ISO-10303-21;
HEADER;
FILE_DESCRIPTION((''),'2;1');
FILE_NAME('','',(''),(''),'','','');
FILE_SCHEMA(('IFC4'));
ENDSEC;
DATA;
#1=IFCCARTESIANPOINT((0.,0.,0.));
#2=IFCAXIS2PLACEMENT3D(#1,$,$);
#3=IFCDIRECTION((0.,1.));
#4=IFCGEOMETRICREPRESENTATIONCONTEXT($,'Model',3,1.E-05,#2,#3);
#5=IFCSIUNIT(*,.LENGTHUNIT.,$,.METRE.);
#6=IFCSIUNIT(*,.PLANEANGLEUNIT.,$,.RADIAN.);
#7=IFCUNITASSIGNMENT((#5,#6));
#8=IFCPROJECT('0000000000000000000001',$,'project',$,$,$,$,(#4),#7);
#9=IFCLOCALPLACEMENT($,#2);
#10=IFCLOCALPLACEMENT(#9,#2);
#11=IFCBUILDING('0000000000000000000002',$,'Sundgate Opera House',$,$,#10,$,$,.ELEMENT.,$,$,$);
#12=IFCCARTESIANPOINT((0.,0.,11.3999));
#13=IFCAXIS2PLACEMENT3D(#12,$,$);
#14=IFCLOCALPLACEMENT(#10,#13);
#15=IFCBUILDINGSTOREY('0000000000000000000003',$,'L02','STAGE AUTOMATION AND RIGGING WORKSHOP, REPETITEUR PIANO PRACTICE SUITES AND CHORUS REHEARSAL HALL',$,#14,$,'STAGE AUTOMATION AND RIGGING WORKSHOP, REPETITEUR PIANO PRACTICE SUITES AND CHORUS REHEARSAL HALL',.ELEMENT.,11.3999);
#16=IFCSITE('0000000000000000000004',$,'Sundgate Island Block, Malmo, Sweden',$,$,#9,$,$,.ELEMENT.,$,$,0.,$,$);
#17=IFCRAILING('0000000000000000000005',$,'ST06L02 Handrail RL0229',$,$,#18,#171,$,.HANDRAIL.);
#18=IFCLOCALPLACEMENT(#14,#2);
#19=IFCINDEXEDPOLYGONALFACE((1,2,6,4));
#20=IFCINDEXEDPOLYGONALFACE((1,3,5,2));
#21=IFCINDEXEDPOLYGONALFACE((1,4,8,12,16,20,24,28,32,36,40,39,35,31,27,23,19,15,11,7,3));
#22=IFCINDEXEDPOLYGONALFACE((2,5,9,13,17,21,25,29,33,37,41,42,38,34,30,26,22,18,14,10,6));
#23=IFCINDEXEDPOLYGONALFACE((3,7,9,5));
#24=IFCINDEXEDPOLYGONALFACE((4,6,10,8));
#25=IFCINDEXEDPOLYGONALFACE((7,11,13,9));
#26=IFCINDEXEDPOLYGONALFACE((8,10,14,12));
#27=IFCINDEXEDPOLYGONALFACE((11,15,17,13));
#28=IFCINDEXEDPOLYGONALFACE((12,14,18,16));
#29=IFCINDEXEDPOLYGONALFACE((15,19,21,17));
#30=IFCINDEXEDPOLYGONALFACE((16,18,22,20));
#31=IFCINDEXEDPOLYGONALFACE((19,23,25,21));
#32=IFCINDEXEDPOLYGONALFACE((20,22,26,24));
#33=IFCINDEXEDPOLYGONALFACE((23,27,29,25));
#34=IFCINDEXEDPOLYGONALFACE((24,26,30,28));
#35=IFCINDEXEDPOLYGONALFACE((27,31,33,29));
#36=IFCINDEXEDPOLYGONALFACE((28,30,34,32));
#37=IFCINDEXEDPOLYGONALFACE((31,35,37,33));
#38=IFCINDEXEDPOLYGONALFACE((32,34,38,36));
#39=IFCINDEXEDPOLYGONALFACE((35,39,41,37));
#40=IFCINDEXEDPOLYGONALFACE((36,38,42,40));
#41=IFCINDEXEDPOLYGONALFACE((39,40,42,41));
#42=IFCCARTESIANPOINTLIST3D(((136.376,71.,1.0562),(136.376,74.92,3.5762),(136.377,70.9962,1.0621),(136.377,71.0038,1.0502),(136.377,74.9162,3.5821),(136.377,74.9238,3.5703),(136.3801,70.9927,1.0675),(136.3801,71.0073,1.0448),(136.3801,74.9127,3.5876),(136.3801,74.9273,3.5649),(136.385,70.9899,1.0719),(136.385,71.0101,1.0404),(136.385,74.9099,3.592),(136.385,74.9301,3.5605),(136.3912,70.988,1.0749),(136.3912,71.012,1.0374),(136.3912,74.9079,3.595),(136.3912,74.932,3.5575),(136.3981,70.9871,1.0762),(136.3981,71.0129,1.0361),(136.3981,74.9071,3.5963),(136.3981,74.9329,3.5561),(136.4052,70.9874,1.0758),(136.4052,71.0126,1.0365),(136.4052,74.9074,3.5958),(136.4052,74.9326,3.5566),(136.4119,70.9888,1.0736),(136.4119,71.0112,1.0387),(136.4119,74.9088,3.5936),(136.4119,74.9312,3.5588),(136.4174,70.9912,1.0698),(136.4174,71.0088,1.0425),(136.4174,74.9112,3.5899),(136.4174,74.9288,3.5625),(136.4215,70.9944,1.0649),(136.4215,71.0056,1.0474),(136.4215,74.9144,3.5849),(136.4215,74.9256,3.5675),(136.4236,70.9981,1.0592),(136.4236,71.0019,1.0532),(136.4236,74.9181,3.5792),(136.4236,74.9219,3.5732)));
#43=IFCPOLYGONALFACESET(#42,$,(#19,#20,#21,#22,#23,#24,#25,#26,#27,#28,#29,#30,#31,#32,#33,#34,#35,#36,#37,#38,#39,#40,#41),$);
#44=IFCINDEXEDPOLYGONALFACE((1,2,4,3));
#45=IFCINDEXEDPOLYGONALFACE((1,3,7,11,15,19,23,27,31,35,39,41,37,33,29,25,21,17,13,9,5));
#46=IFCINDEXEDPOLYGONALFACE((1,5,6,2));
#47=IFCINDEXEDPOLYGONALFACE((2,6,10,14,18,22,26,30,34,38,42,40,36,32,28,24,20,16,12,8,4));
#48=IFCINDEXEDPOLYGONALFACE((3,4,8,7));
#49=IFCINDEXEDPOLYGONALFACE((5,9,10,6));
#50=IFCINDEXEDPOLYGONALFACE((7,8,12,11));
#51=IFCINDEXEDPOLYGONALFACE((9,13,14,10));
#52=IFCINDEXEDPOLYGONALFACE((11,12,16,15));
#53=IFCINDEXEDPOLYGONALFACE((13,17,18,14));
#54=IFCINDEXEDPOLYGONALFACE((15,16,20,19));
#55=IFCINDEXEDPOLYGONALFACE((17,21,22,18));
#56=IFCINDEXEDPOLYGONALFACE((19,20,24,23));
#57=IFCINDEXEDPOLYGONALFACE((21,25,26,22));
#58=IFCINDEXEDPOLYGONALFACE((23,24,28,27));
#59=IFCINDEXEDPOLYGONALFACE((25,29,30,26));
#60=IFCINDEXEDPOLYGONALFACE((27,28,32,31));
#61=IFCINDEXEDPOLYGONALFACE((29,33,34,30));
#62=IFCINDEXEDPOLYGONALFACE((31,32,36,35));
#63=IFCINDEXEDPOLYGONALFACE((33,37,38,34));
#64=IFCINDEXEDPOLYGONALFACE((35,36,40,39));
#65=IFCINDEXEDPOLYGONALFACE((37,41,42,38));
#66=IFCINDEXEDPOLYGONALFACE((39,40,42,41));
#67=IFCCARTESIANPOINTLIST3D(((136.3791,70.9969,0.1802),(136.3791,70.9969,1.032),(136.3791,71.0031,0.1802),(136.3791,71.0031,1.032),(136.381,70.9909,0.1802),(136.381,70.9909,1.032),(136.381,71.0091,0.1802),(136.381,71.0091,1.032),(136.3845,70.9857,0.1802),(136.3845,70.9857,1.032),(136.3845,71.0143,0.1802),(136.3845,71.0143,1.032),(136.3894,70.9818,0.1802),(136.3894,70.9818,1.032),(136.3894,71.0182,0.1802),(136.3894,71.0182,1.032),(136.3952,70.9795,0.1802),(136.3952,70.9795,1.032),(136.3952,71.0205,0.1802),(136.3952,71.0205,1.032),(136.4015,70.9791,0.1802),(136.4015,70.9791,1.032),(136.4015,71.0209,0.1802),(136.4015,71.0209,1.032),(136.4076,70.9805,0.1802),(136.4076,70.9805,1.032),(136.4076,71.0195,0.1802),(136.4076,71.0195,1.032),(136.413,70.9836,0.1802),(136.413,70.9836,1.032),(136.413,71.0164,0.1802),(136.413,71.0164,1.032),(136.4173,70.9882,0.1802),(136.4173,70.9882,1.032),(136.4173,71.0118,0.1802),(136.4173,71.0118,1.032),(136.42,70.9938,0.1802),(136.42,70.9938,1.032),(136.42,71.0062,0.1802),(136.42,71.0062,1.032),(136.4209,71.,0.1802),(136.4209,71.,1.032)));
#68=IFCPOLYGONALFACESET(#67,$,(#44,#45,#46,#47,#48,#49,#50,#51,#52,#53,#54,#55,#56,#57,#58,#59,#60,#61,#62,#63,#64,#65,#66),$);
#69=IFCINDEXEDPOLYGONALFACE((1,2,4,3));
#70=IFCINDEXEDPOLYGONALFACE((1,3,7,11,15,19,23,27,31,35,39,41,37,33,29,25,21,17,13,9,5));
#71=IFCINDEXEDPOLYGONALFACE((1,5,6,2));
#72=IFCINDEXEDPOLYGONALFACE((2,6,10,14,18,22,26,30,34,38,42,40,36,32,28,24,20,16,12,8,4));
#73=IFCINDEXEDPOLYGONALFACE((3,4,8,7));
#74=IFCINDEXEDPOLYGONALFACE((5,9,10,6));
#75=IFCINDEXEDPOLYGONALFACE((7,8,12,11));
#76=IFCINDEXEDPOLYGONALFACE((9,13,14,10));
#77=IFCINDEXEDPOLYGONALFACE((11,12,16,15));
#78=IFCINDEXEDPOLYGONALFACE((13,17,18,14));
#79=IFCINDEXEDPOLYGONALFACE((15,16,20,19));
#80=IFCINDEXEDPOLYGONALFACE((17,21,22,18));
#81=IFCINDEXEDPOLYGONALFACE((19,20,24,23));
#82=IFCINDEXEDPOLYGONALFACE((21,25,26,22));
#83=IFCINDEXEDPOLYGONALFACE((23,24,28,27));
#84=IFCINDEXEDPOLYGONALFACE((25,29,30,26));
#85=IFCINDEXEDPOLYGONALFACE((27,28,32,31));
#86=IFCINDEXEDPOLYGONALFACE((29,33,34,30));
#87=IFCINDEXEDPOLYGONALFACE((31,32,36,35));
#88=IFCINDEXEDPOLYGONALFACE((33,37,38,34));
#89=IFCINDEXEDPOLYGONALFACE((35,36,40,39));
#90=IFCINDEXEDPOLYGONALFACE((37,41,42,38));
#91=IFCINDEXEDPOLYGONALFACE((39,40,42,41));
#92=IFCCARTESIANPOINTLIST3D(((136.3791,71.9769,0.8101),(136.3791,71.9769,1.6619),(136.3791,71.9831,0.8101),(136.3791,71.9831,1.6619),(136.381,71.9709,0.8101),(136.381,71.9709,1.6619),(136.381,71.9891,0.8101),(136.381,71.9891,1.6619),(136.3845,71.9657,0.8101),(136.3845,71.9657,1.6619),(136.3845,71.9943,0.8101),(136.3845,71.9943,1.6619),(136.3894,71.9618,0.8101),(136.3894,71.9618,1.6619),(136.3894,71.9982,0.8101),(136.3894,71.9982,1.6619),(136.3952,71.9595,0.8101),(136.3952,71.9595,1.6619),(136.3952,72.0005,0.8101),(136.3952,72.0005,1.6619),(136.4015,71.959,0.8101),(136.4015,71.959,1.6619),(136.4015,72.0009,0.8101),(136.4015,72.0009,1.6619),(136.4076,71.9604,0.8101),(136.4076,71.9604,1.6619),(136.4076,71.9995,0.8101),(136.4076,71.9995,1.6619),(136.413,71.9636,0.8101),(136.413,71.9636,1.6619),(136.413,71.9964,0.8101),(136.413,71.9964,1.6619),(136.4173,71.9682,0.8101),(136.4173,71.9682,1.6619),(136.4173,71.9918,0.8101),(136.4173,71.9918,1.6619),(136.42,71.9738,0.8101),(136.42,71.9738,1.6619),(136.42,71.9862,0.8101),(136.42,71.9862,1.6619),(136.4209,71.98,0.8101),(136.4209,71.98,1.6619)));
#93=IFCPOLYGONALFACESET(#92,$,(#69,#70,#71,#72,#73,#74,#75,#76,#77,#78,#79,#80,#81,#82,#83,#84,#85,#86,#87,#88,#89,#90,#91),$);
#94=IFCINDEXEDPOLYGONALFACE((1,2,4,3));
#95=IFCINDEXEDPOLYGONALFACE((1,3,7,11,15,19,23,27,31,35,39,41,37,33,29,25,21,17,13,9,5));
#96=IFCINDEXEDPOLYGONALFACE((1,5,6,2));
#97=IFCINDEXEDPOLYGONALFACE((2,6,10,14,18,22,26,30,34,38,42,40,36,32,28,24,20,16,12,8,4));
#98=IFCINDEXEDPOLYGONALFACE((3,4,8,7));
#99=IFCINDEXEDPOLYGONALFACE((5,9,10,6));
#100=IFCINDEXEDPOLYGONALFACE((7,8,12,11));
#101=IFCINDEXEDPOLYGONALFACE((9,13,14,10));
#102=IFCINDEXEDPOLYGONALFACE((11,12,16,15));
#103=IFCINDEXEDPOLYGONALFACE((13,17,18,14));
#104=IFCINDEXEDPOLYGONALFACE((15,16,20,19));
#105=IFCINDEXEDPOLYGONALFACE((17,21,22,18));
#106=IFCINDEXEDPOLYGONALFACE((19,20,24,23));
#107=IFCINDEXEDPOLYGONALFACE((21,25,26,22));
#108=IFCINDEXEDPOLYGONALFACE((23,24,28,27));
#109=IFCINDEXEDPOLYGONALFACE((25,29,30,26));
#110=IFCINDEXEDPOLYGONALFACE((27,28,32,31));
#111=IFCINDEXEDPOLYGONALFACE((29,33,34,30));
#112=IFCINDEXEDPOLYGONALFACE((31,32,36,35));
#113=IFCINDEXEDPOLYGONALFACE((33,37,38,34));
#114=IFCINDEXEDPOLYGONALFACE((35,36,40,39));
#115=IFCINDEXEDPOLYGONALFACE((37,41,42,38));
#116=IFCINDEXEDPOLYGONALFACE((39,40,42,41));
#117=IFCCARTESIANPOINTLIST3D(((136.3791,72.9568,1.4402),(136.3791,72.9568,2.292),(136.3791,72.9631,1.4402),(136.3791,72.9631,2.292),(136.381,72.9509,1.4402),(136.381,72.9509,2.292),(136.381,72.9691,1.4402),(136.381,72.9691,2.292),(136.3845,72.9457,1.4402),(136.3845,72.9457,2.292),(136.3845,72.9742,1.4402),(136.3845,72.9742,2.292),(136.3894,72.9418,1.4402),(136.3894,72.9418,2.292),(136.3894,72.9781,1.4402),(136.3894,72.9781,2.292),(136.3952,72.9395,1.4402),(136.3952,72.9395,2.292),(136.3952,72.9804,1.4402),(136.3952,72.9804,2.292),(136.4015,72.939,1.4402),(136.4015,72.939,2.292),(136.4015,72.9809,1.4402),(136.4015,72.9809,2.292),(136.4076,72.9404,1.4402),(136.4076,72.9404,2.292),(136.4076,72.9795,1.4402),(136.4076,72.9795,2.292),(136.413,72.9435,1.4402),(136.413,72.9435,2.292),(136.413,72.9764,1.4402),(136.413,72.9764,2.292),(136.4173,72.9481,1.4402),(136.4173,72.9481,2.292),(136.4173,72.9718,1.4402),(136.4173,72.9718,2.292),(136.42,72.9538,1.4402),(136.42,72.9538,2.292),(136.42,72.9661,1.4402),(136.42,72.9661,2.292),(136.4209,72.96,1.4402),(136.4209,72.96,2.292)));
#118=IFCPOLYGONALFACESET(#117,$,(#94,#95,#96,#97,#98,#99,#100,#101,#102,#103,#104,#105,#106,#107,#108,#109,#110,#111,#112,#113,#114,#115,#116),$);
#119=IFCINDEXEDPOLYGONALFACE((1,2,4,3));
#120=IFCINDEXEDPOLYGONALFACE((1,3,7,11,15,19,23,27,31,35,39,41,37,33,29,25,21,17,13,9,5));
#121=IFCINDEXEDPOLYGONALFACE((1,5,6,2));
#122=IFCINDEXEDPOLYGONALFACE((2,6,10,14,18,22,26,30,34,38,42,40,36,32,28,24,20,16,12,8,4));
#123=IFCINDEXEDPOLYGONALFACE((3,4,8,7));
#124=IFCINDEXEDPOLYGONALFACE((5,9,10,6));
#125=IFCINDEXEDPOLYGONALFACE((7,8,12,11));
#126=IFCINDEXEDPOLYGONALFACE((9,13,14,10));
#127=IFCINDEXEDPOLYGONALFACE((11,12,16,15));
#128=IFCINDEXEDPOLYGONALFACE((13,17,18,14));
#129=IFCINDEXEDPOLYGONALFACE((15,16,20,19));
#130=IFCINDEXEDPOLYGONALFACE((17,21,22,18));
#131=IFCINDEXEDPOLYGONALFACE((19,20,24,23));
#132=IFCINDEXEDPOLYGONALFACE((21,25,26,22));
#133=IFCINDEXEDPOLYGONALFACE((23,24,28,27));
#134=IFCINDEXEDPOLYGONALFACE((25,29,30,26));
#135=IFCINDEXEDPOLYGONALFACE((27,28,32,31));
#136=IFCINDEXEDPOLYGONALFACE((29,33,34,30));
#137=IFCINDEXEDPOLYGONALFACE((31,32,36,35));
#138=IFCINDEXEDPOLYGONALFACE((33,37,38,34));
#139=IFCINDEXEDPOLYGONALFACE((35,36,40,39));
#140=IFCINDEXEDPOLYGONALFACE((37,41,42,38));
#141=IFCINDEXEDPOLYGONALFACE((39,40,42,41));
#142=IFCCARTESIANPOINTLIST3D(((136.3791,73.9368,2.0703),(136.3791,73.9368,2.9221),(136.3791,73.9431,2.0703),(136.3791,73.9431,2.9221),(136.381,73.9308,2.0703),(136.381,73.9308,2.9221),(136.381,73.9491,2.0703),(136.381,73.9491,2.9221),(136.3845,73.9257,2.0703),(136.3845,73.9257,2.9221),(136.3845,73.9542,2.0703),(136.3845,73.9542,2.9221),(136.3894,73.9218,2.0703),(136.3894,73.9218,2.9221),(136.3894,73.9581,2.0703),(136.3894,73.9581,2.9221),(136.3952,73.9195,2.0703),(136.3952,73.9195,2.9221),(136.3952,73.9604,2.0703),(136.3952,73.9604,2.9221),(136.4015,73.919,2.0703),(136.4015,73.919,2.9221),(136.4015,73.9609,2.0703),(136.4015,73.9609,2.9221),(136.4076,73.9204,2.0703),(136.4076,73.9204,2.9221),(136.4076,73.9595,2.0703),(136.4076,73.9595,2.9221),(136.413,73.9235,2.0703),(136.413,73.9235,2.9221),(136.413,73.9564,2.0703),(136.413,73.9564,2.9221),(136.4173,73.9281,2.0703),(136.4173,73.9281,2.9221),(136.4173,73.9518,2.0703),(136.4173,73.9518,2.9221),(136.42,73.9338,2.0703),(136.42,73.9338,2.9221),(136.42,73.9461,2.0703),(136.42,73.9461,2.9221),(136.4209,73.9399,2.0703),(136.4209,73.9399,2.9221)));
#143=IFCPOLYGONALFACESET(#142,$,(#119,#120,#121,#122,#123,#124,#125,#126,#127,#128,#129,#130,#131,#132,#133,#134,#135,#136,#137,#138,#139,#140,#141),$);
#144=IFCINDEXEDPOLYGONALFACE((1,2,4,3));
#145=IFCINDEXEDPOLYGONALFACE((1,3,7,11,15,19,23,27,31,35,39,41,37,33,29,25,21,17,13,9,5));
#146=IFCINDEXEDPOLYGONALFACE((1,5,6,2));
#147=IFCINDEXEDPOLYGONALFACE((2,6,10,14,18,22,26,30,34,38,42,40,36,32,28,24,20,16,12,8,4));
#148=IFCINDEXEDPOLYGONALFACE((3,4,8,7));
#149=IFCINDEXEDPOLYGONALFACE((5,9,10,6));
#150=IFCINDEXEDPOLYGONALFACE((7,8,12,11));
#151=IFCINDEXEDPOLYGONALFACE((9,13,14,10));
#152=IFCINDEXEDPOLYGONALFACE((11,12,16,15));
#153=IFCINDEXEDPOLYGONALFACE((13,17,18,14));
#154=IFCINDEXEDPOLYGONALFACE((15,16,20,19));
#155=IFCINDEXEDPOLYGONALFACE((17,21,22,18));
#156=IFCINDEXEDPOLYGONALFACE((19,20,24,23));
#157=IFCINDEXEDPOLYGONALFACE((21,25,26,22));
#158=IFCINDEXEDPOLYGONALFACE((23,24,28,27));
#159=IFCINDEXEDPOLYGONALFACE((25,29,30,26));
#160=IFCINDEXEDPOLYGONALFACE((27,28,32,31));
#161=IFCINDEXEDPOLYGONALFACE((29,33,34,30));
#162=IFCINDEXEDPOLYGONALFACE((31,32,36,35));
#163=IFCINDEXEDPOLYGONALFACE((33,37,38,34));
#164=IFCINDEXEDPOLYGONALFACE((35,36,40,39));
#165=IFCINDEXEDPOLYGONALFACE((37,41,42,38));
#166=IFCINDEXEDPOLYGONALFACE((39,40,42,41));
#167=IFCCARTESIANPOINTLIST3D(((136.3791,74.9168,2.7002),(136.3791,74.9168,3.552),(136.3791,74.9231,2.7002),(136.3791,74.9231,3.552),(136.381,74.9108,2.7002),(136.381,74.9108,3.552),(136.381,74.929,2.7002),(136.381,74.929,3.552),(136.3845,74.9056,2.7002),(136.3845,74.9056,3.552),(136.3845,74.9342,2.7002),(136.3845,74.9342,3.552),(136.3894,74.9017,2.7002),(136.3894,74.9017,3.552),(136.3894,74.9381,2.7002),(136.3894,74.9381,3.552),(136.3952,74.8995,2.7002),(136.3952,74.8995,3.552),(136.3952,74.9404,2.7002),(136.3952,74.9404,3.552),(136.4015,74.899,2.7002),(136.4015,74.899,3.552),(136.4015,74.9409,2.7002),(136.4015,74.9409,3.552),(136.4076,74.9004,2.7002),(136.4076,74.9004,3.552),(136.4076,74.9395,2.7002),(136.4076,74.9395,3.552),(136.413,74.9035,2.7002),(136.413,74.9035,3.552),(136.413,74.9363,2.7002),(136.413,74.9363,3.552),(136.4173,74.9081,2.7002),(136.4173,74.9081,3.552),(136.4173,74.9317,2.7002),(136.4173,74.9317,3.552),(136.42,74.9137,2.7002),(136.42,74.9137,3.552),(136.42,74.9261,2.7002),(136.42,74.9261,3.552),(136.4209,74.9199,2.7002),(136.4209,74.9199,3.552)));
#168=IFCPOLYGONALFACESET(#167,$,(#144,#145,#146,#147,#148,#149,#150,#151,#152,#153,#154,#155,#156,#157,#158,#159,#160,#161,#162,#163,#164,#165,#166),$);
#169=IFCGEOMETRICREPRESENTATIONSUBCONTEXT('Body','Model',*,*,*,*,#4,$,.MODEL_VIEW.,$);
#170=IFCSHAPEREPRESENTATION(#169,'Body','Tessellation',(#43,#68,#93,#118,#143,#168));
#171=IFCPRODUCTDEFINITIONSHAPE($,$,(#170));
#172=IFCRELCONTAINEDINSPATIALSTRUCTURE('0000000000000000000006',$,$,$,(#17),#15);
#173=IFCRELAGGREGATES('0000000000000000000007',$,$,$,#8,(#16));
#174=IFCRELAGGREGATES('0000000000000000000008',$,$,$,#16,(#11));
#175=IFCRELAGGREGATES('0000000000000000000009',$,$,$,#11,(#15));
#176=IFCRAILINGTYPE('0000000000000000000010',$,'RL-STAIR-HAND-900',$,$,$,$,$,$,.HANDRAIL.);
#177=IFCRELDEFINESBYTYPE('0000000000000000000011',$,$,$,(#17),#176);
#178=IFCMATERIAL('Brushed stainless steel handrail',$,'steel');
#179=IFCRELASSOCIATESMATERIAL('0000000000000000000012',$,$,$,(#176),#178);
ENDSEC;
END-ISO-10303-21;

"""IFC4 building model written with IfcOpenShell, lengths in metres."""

from ifc_helpers import new_model, si_unit, direction, frame, origin, origin_2d, place, context, subcontext, project, spatial, circle, extrude, material, type_object, element, save


model = new_model("IFC4")

# Units and contexts
model_context = context("Model", 3, precision=1e-05, world=origin(), true_north=direction((0.0, 1.0)))
body_context = subcontext(model_context, "Body", "Model", "MODEL_VIEW")
ifc_project = project(units=[si_unit("LENGTHUNIT", "METRE"), si_unit("PLANEANGLEUNIT", "RADIAN")], contexts=[model_context])

# Site, building, storey
site_placement = place(None, origin())
site = spatial("IfcSite", under=ifc_project, at=site_placement, Name="Sundgate Island Block, Malmo, Sweden", CompositionType="ELEMENT", RefElevation=0.0)
building_placement = place(site_placement, origin())
building = spatial("IfcBuilding", under=site, at=building_placement, Name="Sundgate Opera House", CompositionType="ELEMENT")
storey_placement = place(building_placement, frame((0.0, 0.0, 11.3999)))
storey = spatial("IfcBuildingStorey", under=building, at=storey_placement, Name="L02", Description="STAGE AUTOMATION AND RIGGING WORKSHOP, REPETITEUR PIANO PRACTICE SUITES AND CHORUS REHEARSAL HALL", LongName="STAGE AUTOMATION AND RIGGING WORKSHOP, REPETITEUR PIANO PRACTICE SUITES AND CHORUS REHEARSAL HALL", CompositionType="ELEMENT", Elevation=11.3999)

# Railing
ifc_material_1 = material(Name="Brushed stainless steel handrail", Category="steel")
railing_type_1 = type_object("IfcRailingType", Name="RL-STAIR-HAND-900", PredefinedType="HANDRAIL", material=ifc_material_1)
railing_1_placement = place(storey_placement, frame((136.3999, 71.0, 0.1802)))
element("IfcRailing", 1, at=railing_1_placement, inside=storey, type_object=railing_type_1, Name="ST06L02 Handrail RL0229", PredefinedType="HANDRAIL", context=body_context, shape_type="SweptSolid", body=[
    extrude(circle(Radius=0.0239, at=origin_2d()), frame((0.0, 0.0, 0.876), z_axis=(0.0, 0.841172, 0.540768), x_axis=(-1.0, 0.0, 0.0)), (0.0, 0.0, 1.0), 4.6602),
    extrude(circle(Radius=0.021, at=origin_2d()), origin(), (0.0, 0.0, 1.0), 0.8518),
    extrude(circle(Radius=0.021, at=origin_2d()), frame((0.0, 0.98, 0.6299)), (0.0, 0.0, 1.0), 0.8518),
    extrude(circle(Radius=0.021, at=origin_2d()), frame((0.0, 1.96, 1.26)), (0.0, 0.0, 1.0), 0.8518),
    extrude(circle(Radius=0.021, at=origin_2d()), frame((0.0, 2.9399, 1.8901)), (0.0, 0.0, 1.0), 0.8518),
    extrude(circle(Radius=0.021, at=origin_2d()), frame((0.0, 3.9199, 2.52)), (0.0, 0.0, 1.0), 0.8518),
])

save(model, "model.ifc")
